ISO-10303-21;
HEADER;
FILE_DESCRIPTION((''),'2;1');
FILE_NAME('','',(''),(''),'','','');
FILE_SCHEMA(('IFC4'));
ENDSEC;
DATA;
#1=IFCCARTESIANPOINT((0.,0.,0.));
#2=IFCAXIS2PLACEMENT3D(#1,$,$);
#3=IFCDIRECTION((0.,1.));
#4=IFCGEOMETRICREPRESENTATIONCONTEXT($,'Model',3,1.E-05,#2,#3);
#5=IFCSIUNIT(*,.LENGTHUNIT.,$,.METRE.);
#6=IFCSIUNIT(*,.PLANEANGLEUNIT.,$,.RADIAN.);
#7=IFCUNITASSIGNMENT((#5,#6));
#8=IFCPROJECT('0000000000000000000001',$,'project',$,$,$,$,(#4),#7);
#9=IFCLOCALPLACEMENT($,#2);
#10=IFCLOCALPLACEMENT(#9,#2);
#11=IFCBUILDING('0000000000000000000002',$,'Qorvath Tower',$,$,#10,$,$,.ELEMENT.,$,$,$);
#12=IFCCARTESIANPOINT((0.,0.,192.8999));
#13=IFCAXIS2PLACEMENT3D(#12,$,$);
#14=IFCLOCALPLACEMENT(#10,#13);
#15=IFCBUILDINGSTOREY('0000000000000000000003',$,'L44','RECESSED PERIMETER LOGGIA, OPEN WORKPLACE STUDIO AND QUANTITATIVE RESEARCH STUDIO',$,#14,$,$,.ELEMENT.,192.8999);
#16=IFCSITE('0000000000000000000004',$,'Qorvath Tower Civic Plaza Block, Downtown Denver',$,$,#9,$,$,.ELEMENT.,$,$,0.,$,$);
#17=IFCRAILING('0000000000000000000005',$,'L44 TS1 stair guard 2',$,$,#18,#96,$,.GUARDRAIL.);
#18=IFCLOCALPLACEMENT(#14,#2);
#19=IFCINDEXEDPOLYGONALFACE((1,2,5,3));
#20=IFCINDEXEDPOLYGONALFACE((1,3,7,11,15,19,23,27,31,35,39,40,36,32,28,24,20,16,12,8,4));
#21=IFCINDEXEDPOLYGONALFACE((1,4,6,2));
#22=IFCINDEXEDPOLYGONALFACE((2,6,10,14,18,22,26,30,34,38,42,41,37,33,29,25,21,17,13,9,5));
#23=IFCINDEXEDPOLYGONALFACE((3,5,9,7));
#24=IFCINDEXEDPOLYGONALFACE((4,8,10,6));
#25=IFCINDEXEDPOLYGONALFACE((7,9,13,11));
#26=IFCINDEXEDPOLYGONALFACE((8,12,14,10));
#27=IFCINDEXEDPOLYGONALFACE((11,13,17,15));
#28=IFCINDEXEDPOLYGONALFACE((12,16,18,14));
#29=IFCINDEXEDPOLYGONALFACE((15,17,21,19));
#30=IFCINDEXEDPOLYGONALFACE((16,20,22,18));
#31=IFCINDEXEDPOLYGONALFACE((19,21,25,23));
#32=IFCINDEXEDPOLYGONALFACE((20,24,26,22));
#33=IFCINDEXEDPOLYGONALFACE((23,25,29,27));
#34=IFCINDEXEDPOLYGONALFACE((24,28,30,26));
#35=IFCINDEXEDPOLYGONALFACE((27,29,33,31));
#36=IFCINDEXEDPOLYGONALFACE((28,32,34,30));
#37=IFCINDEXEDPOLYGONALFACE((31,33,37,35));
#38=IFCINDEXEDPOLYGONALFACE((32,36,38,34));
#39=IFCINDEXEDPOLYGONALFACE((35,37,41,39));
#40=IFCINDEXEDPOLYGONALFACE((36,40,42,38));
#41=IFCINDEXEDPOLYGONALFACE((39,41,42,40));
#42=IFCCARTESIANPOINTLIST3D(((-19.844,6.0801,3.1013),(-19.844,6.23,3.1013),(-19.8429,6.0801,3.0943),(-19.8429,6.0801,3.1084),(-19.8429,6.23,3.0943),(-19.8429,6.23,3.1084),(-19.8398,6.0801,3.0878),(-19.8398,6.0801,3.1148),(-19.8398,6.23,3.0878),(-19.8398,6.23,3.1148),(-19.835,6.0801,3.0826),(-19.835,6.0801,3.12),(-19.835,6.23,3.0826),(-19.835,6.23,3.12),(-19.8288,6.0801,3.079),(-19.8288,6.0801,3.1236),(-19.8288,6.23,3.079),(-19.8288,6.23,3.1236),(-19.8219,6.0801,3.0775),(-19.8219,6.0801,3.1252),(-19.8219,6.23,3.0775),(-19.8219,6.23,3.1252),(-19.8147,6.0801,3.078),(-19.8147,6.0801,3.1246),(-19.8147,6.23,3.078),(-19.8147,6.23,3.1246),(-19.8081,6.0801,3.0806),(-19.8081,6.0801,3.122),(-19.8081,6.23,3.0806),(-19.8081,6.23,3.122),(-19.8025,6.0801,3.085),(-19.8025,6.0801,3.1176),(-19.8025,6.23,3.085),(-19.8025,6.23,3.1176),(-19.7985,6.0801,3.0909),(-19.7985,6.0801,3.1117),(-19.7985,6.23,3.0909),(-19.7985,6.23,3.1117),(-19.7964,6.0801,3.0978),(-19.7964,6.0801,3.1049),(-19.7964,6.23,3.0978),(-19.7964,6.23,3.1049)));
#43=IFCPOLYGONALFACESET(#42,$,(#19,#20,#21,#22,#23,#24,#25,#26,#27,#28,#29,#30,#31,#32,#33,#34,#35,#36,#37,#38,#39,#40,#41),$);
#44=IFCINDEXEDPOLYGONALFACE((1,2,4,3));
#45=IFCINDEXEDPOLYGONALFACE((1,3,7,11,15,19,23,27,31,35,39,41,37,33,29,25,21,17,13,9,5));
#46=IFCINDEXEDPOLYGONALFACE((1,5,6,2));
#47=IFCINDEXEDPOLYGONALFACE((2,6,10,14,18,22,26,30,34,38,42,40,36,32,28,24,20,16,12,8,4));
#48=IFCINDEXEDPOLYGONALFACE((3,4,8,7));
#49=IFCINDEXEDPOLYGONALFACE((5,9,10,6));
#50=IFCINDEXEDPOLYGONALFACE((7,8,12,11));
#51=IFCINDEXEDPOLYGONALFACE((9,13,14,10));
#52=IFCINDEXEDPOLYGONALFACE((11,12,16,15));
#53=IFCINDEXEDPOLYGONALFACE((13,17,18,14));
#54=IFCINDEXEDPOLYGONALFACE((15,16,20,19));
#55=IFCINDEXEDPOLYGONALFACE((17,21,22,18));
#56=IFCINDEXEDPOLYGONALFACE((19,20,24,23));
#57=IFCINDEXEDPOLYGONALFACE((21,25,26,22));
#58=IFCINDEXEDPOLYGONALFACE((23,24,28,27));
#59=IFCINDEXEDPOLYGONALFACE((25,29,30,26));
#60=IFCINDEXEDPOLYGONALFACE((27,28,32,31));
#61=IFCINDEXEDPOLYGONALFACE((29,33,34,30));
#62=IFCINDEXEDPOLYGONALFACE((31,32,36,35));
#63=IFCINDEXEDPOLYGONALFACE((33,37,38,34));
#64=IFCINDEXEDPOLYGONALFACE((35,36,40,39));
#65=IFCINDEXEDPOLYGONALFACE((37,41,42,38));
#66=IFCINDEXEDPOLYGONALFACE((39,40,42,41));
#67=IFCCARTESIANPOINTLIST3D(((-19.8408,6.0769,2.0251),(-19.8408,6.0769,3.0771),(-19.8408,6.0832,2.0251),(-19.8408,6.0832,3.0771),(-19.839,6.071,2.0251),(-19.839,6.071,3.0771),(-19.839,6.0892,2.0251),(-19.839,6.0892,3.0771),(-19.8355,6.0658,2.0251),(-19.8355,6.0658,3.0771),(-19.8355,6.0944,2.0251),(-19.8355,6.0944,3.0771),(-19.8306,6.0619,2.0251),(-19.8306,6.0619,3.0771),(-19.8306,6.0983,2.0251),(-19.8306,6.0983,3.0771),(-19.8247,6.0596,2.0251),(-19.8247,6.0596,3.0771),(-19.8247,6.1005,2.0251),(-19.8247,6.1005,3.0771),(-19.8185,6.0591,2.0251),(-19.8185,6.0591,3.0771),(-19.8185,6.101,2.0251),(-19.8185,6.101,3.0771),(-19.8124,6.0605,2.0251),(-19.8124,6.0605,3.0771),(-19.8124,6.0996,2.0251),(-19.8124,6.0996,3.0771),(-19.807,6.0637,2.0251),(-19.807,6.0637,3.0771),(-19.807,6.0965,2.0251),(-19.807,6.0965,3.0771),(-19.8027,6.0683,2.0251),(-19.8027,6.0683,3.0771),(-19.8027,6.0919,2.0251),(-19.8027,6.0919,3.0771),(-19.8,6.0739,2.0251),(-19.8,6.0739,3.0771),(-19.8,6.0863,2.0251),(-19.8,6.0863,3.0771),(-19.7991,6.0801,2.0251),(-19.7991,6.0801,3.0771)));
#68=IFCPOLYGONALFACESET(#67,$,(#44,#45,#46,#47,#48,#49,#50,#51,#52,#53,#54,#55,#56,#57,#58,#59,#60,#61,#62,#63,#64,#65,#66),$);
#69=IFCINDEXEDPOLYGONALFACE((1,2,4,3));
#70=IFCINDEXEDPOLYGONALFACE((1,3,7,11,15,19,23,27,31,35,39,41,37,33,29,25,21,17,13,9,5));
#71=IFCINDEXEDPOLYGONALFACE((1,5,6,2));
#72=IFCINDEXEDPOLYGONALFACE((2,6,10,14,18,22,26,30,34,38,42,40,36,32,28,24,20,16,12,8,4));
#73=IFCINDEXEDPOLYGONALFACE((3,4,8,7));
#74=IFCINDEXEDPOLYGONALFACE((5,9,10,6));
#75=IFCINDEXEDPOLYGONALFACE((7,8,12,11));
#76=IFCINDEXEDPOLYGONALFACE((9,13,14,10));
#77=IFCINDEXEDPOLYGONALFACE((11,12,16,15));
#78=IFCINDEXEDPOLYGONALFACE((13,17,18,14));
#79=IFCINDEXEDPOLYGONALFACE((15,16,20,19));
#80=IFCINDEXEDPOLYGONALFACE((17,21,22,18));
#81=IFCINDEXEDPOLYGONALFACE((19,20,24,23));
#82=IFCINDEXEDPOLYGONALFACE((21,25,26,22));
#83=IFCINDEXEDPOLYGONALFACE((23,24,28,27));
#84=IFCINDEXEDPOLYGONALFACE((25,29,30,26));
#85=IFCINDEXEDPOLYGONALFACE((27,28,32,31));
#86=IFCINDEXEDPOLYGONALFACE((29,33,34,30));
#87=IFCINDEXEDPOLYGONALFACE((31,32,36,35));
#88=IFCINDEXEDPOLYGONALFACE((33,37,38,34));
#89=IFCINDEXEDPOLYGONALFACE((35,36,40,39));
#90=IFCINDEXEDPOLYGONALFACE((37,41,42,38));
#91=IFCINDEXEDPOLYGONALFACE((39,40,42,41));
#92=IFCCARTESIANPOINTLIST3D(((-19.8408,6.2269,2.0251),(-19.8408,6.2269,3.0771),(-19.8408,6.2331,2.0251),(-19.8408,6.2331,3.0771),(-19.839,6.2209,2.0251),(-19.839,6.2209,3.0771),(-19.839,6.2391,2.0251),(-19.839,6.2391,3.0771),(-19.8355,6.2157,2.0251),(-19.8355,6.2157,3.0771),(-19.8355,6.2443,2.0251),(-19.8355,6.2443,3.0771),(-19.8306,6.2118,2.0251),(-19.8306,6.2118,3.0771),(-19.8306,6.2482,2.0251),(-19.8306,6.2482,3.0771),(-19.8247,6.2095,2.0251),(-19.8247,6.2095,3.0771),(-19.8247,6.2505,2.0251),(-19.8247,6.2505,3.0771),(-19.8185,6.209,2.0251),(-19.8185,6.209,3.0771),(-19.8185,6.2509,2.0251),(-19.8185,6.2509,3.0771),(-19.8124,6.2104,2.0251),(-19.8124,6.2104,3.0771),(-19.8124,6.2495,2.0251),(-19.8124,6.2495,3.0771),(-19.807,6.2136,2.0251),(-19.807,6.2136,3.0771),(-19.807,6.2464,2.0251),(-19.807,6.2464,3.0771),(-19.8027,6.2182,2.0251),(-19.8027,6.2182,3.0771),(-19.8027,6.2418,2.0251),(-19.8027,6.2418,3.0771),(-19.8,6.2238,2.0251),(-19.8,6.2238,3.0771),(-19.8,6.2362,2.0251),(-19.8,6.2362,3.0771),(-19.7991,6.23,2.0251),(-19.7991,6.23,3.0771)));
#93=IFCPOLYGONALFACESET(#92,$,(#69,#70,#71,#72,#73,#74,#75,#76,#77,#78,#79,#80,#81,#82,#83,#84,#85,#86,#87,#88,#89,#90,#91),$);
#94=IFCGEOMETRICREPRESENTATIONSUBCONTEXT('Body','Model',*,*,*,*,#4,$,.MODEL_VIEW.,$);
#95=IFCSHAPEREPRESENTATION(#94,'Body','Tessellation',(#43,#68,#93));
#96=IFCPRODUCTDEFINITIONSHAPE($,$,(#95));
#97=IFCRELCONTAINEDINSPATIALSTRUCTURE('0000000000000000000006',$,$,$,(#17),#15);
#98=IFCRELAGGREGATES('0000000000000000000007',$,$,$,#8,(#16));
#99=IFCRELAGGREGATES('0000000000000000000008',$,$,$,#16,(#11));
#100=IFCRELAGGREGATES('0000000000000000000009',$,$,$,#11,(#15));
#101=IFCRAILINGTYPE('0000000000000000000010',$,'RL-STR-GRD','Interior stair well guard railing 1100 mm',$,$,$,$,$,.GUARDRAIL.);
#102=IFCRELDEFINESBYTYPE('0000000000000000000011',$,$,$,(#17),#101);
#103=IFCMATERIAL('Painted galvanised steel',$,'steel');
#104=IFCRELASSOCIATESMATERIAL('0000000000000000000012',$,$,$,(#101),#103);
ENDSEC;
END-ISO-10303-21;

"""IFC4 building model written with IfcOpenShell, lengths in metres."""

from ifc_helpers import new_model, si_unit, direction, frame, origin, origin_2d, place, context, subcontext, project, spatial, circle, extrude, material, type_object, element, save


model = new_model("IFC4")

# Units and contexts
model_context = context("Model", 3, precision=1e-05, world=origin(), true_north=direction((0.0, 1.0)))
body_context = subcontext(model_context, "Body", "Model", "MODEL_VIEW")
ifc_project = project(units=[si_unit("LENGTHUNIT", "METRE"), si_unit("PLANEANGLEUNIT", "RADIAN")], contexts=[model_context])

# Site, building, storey
site_placement = place(None, origin())
site = spatial("IfcSite", under=ifc_project, at=site_placement, Name="Qorvath Tower Civic Plaza Block, Downtown Denver", CompositionType="ELEMENT", RefElevation=0.0)
building_placement = place(site_placement, origin())
building = spatial("IfcBuilding", under=site, at=building_placement, Name="Qorvath Tower", CompositionType="ELEMENT")
storey_placement = place(building_placement, frame((0.0, 0.0, 192.8999)))
storey = spatial("IfcBuildingStorey", under=building, at=storey_placement, Name="L44", Description="RECESSED PERIMETER LOGGIA, OPEN WORKPLACE STUDIO AND QUANTITATIVE RESEARCH STUDIO", CompositionType="ELEMENT", Elevation=192.8999)

# Railing
ifc_material_1 = material(Name="Painted galvanised steel", Category="steel")
railing_type = type_object("IfcRailingType", Name="RL-STR-GRD", Description="Interior stair well guard railing 1100 mm", PredefinedType="GUARDRAIL", material=ifc_material_1)
railing_1_placement = place(storey_placement, frame((-19.8201, 6.0801, 2.0251)))
element("IfcRailing", 1, at=railing_1_placement, inside=storey, type_object=railing_type, Name="L44 TS1 stair guard 2", PredefinedType="GUARDRAIL", context=body_context, shape_type="SweptSolid", body=[
    extrude(circle(Radius=0.0239, at=origin_2d()), frame((0.0, 0.0, 1.0762), z_axis=(0.0, 1.0, 0.0), x_axis=(-1.0, 0.0, 0.0)), (0.0, 0.0, 1.0), 0.1499),
    extrude(circle(Radius=0.021, at=origin_2d()), origin(), (0.0, 0.0, 1.0), 1.052),
    extrude(circle(Radius=0.021, at=origin_2d()), frame((0.0, 0.1499, 0.0)), (0.0, 0.0, 1.0), 1.052),
])

save(model, "model.ifc")
